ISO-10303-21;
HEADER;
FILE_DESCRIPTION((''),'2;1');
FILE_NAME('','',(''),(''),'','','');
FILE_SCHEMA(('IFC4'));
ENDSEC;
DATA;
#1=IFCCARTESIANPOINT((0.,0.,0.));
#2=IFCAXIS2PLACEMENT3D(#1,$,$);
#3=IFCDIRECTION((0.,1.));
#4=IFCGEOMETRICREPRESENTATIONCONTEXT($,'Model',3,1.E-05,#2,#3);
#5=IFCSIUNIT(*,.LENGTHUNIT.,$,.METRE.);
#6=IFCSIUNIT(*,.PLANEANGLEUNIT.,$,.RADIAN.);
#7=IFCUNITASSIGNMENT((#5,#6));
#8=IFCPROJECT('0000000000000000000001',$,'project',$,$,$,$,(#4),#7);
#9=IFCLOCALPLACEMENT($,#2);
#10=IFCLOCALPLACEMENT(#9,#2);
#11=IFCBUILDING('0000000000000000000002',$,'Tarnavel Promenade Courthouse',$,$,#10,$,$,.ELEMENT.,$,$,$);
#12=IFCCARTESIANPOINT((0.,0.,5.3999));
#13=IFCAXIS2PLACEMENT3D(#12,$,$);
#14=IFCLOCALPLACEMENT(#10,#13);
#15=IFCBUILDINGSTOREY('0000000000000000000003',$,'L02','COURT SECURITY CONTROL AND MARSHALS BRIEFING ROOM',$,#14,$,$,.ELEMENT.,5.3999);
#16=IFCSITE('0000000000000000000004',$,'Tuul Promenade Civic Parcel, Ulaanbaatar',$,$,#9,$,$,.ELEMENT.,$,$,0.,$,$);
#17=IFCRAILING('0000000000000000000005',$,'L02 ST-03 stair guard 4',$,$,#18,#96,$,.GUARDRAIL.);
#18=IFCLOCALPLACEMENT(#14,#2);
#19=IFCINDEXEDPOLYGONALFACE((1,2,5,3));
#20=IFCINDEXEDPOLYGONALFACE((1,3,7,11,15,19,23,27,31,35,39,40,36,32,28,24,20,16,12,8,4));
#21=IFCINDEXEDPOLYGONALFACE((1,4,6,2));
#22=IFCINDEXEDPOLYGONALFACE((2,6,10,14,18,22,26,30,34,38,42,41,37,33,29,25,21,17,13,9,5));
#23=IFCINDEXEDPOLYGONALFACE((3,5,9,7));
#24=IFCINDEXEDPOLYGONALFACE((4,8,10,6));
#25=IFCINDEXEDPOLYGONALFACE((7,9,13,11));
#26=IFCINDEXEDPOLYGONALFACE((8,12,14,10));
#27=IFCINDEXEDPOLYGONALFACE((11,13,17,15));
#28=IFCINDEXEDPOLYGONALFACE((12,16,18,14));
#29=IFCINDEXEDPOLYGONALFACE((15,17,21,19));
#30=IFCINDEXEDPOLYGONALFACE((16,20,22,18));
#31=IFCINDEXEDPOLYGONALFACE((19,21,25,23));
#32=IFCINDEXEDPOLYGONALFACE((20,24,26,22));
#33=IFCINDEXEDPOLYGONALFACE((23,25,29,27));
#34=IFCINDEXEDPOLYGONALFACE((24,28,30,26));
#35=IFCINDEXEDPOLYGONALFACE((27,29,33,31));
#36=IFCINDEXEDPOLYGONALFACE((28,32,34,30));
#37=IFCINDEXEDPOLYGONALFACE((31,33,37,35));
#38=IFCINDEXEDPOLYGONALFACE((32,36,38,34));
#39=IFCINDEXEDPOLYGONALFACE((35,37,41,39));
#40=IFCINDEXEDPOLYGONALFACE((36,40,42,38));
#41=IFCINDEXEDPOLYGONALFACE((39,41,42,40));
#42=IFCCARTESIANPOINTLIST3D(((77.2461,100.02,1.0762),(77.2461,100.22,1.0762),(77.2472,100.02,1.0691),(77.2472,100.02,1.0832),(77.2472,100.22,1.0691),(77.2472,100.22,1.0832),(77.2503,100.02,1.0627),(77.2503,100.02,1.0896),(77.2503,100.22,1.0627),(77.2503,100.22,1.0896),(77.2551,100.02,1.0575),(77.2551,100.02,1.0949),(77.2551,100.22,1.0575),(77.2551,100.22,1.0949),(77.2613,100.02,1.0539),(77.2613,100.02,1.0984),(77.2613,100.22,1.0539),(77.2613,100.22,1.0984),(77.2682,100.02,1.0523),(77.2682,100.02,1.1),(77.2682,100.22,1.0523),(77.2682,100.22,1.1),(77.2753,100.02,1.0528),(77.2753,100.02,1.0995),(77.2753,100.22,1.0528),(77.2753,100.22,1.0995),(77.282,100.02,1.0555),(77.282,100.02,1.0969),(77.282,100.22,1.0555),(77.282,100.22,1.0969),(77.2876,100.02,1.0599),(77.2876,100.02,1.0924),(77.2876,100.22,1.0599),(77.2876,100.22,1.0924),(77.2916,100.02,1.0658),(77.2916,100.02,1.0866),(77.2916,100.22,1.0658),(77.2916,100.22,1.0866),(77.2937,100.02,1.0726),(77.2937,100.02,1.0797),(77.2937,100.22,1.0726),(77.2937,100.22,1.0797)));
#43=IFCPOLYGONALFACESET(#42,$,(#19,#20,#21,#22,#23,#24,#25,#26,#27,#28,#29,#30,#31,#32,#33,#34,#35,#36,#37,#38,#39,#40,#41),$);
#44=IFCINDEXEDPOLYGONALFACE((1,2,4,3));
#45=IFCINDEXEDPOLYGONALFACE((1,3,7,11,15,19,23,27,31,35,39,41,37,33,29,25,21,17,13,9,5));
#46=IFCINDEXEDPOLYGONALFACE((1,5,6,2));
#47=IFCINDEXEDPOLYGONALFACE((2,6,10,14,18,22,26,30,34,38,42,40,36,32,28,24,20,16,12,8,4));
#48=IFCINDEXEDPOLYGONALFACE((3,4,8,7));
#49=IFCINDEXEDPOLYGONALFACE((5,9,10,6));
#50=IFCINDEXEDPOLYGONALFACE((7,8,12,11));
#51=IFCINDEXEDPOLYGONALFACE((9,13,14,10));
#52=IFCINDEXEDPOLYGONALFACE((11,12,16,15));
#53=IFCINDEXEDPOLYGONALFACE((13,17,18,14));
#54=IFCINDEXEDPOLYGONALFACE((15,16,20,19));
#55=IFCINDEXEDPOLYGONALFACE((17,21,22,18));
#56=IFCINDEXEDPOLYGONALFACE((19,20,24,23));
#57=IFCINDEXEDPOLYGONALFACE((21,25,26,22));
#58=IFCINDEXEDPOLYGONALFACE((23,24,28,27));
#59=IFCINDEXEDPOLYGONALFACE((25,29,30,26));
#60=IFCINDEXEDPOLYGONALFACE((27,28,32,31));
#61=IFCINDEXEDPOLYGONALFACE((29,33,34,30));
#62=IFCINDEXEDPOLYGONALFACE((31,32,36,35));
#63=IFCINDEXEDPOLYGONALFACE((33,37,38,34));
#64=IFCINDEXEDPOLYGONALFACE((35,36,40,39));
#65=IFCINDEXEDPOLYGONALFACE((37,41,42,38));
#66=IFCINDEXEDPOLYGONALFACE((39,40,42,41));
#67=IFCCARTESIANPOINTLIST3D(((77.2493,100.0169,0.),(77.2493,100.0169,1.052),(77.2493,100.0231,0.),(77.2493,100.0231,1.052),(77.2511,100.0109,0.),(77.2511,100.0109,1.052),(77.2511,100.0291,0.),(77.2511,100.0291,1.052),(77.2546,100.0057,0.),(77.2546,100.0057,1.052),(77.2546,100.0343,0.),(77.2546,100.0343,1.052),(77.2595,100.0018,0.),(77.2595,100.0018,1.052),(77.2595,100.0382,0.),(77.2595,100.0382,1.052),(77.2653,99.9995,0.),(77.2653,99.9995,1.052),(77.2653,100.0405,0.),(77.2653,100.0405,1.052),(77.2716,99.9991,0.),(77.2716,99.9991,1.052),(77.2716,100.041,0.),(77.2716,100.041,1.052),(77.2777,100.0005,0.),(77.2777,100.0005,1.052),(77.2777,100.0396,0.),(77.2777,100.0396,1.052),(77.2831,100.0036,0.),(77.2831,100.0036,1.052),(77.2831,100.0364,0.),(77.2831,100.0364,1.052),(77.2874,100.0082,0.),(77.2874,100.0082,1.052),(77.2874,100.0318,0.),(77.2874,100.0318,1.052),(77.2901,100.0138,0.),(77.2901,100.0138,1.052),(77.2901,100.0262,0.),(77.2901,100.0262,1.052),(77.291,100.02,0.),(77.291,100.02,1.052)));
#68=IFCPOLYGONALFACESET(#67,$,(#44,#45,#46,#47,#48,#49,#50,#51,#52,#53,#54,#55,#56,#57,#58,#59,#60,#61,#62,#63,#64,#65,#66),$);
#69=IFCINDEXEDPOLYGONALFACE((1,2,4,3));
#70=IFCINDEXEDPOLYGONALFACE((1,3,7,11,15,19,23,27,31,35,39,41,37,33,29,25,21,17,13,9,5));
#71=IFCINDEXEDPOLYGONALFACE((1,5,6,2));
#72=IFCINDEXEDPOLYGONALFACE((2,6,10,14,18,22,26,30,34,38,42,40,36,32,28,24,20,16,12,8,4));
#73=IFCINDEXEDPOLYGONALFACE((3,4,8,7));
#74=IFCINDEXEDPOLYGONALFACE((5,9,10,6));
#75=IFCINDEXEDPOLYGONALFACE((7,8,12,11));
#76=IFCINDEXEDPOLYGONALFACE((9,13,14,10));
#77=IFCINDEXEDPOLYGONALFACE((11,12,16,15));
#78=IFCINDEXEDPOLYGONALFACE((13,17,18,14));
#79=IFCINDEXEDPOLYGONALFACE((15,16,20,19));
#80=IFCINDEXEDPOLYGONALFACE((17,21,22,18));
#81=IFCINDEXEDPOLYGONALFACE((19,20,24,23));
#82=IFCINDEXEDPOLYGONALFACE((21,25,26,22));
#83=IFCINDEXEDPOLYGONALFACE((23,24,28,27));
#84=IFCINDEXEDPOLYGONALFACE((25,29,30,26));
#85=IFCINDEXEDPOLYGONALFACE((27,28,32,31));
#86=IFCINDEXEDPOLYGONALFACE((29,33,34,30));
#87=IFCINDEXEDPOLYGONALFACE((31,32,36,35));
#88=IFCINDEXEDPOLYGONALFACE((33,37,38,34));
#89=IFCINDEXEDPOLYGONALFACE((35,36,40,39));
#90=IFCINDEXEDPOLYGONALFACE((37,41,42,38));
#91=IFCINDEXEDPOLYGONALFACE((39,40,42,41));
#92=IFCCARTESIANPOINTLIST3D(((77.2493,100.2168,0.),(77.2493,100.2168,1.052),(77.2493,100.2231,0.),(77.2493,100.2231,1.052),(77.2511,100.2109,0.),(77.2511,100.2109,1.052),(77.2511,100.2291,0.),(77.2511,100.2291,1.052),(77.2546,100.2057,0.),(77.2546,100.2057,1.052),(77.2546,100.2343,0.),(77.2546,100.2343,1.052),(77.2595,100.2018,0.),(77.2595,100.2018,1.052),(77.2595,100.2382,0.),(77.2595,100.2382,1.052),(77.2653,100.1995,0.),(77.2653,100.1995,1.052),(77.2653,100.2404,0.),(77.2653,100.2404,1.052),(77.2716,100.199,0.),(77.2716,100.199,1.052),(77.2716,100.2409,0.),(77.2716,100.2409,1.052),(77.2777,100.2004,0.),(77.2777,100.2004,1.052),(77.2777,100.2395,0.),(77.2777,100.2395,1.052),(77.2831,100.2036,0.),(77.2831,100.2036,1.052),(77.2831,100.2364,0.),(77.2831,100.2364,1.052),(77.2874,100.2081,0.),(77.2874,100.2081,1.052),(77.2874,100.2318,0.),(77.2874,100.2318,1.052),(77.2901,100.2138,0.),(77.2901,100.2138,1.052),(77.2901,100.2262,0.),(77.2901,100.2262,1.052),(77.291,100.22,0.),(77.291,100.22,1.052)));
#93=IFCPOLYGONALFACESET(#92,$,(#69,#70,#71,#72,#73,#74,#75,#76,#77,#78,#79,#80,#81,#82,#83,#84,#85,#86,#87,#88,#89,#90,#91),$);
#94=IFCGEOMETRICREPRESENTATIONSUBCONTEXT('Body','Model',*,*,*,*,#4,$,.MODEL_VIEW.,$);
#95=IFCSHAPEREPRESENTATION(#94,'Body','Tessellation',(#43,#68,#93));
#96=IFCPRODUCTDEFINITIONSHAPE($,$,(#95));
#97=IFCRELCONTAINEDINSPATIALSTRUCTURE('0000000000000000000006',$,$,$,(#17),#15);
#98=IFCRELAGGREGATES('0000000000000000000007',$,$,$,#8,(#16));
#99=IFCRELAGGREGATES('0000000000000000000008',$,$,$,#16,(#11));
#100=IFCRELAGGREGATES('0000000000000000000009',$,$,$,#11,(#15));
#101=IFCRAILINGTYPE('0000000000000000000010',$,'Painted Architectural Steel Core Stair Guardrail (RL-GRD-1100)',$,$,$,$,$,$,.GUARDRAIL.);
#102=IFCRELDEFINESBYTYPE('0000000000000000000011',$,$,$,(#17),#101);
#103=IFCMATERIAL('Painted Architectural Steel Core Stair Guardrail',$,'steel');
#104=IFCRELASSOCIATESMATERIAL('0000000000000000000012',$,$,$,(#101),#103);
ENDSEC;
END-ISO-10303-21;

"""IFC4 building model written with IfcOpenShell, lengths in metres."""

from ifc_helpers import new_model, si_unit, direction, frame, origin, origin_2d, place, context, subcontext, project, spatial, circle, extrude, material, type_object, element, save


model = new_model("IFC4")

# Units and contexts
model_context = context("Model", 3, precision=1e-05, world=origin(), true_north=direction((0.0, 1.0)))
body_context = subcontext(model_context, "Body", "Model", "MODEL_VIEW")
ifc_project = project(units=[si_unit("LENGTHUNIT", "METRE"), si_unit("PLANEANGLEUNIT", "RADIAN")], contexts=[model_context])

# Site, building, storey
site_placement = place(None, origin())
site = spatial("IfcSite", under=ifc_project, at=site_placement, Name="Tuul Promenade Civic Parcel, Ulaanbaatar", CompositionType="ELEMENT", RefElevation=0.0)
building_placement = place(site_placement, origin())
building = spatial("IfcBuilding", under=site, at=building_placement, Name="Tarnavel Promenade Courthouse", CompositionType="ELEMENT")
storey_placement = place(building_placement, frame((0.0, 0.0, 5.3999)))
storey = spatial("IfcBuildingStorey", under=building, at=storey_placement, Name="L02", Description="COURT SECURITY CONTROL AND MARSHALS BRIEFING ROOM", CompositionType="ELEMENT", Elevation=5.3999)

# Railing
ifc_material_1 = material(Name="Painted Architectural Steel Core Stair Guardrail", Category="steel")
railing_type_1 = type_object("IfcRailingType", Name="Painted Architectural Steel Core Stair Guardrail (RL-GRD-1100)", PredefinedType="GUARDRAIL", material=ifc_material_1)
railing_1_placement = place(storey_placement, frame((77.27, 100.02, 0.0)))
element("IfcRailing", 1, at=railing_1_placement, inside=storey, type_object=railing_type_1, Name="L02 ST-03 stair guard 4", PredefinedType="GUARDRAIL", context=body_context, shape_type="SweptSolid", body=[
    extrude(circle(Radius=0.0239, at=origin_2d()), frame((0.0, 0.0, 1.0762), z_axis=(0.0, 1.0, 0.0), x_axis=(-1.0, 0.0, 0.0)), (0.0, 0.0, 1.0), 0.2),
    extrude(circle(Radius=0.021, at=origin_2d()), origin(), (0.0, 0.0, 1.0), 1.052),
    extrude(circle(Radius=0.021, at=origin_2d()), frame((0.0, 0.2, 0.0)), (0.0, 0.0, 1.0), 1.052),
])

save(model, "model.ifc")
